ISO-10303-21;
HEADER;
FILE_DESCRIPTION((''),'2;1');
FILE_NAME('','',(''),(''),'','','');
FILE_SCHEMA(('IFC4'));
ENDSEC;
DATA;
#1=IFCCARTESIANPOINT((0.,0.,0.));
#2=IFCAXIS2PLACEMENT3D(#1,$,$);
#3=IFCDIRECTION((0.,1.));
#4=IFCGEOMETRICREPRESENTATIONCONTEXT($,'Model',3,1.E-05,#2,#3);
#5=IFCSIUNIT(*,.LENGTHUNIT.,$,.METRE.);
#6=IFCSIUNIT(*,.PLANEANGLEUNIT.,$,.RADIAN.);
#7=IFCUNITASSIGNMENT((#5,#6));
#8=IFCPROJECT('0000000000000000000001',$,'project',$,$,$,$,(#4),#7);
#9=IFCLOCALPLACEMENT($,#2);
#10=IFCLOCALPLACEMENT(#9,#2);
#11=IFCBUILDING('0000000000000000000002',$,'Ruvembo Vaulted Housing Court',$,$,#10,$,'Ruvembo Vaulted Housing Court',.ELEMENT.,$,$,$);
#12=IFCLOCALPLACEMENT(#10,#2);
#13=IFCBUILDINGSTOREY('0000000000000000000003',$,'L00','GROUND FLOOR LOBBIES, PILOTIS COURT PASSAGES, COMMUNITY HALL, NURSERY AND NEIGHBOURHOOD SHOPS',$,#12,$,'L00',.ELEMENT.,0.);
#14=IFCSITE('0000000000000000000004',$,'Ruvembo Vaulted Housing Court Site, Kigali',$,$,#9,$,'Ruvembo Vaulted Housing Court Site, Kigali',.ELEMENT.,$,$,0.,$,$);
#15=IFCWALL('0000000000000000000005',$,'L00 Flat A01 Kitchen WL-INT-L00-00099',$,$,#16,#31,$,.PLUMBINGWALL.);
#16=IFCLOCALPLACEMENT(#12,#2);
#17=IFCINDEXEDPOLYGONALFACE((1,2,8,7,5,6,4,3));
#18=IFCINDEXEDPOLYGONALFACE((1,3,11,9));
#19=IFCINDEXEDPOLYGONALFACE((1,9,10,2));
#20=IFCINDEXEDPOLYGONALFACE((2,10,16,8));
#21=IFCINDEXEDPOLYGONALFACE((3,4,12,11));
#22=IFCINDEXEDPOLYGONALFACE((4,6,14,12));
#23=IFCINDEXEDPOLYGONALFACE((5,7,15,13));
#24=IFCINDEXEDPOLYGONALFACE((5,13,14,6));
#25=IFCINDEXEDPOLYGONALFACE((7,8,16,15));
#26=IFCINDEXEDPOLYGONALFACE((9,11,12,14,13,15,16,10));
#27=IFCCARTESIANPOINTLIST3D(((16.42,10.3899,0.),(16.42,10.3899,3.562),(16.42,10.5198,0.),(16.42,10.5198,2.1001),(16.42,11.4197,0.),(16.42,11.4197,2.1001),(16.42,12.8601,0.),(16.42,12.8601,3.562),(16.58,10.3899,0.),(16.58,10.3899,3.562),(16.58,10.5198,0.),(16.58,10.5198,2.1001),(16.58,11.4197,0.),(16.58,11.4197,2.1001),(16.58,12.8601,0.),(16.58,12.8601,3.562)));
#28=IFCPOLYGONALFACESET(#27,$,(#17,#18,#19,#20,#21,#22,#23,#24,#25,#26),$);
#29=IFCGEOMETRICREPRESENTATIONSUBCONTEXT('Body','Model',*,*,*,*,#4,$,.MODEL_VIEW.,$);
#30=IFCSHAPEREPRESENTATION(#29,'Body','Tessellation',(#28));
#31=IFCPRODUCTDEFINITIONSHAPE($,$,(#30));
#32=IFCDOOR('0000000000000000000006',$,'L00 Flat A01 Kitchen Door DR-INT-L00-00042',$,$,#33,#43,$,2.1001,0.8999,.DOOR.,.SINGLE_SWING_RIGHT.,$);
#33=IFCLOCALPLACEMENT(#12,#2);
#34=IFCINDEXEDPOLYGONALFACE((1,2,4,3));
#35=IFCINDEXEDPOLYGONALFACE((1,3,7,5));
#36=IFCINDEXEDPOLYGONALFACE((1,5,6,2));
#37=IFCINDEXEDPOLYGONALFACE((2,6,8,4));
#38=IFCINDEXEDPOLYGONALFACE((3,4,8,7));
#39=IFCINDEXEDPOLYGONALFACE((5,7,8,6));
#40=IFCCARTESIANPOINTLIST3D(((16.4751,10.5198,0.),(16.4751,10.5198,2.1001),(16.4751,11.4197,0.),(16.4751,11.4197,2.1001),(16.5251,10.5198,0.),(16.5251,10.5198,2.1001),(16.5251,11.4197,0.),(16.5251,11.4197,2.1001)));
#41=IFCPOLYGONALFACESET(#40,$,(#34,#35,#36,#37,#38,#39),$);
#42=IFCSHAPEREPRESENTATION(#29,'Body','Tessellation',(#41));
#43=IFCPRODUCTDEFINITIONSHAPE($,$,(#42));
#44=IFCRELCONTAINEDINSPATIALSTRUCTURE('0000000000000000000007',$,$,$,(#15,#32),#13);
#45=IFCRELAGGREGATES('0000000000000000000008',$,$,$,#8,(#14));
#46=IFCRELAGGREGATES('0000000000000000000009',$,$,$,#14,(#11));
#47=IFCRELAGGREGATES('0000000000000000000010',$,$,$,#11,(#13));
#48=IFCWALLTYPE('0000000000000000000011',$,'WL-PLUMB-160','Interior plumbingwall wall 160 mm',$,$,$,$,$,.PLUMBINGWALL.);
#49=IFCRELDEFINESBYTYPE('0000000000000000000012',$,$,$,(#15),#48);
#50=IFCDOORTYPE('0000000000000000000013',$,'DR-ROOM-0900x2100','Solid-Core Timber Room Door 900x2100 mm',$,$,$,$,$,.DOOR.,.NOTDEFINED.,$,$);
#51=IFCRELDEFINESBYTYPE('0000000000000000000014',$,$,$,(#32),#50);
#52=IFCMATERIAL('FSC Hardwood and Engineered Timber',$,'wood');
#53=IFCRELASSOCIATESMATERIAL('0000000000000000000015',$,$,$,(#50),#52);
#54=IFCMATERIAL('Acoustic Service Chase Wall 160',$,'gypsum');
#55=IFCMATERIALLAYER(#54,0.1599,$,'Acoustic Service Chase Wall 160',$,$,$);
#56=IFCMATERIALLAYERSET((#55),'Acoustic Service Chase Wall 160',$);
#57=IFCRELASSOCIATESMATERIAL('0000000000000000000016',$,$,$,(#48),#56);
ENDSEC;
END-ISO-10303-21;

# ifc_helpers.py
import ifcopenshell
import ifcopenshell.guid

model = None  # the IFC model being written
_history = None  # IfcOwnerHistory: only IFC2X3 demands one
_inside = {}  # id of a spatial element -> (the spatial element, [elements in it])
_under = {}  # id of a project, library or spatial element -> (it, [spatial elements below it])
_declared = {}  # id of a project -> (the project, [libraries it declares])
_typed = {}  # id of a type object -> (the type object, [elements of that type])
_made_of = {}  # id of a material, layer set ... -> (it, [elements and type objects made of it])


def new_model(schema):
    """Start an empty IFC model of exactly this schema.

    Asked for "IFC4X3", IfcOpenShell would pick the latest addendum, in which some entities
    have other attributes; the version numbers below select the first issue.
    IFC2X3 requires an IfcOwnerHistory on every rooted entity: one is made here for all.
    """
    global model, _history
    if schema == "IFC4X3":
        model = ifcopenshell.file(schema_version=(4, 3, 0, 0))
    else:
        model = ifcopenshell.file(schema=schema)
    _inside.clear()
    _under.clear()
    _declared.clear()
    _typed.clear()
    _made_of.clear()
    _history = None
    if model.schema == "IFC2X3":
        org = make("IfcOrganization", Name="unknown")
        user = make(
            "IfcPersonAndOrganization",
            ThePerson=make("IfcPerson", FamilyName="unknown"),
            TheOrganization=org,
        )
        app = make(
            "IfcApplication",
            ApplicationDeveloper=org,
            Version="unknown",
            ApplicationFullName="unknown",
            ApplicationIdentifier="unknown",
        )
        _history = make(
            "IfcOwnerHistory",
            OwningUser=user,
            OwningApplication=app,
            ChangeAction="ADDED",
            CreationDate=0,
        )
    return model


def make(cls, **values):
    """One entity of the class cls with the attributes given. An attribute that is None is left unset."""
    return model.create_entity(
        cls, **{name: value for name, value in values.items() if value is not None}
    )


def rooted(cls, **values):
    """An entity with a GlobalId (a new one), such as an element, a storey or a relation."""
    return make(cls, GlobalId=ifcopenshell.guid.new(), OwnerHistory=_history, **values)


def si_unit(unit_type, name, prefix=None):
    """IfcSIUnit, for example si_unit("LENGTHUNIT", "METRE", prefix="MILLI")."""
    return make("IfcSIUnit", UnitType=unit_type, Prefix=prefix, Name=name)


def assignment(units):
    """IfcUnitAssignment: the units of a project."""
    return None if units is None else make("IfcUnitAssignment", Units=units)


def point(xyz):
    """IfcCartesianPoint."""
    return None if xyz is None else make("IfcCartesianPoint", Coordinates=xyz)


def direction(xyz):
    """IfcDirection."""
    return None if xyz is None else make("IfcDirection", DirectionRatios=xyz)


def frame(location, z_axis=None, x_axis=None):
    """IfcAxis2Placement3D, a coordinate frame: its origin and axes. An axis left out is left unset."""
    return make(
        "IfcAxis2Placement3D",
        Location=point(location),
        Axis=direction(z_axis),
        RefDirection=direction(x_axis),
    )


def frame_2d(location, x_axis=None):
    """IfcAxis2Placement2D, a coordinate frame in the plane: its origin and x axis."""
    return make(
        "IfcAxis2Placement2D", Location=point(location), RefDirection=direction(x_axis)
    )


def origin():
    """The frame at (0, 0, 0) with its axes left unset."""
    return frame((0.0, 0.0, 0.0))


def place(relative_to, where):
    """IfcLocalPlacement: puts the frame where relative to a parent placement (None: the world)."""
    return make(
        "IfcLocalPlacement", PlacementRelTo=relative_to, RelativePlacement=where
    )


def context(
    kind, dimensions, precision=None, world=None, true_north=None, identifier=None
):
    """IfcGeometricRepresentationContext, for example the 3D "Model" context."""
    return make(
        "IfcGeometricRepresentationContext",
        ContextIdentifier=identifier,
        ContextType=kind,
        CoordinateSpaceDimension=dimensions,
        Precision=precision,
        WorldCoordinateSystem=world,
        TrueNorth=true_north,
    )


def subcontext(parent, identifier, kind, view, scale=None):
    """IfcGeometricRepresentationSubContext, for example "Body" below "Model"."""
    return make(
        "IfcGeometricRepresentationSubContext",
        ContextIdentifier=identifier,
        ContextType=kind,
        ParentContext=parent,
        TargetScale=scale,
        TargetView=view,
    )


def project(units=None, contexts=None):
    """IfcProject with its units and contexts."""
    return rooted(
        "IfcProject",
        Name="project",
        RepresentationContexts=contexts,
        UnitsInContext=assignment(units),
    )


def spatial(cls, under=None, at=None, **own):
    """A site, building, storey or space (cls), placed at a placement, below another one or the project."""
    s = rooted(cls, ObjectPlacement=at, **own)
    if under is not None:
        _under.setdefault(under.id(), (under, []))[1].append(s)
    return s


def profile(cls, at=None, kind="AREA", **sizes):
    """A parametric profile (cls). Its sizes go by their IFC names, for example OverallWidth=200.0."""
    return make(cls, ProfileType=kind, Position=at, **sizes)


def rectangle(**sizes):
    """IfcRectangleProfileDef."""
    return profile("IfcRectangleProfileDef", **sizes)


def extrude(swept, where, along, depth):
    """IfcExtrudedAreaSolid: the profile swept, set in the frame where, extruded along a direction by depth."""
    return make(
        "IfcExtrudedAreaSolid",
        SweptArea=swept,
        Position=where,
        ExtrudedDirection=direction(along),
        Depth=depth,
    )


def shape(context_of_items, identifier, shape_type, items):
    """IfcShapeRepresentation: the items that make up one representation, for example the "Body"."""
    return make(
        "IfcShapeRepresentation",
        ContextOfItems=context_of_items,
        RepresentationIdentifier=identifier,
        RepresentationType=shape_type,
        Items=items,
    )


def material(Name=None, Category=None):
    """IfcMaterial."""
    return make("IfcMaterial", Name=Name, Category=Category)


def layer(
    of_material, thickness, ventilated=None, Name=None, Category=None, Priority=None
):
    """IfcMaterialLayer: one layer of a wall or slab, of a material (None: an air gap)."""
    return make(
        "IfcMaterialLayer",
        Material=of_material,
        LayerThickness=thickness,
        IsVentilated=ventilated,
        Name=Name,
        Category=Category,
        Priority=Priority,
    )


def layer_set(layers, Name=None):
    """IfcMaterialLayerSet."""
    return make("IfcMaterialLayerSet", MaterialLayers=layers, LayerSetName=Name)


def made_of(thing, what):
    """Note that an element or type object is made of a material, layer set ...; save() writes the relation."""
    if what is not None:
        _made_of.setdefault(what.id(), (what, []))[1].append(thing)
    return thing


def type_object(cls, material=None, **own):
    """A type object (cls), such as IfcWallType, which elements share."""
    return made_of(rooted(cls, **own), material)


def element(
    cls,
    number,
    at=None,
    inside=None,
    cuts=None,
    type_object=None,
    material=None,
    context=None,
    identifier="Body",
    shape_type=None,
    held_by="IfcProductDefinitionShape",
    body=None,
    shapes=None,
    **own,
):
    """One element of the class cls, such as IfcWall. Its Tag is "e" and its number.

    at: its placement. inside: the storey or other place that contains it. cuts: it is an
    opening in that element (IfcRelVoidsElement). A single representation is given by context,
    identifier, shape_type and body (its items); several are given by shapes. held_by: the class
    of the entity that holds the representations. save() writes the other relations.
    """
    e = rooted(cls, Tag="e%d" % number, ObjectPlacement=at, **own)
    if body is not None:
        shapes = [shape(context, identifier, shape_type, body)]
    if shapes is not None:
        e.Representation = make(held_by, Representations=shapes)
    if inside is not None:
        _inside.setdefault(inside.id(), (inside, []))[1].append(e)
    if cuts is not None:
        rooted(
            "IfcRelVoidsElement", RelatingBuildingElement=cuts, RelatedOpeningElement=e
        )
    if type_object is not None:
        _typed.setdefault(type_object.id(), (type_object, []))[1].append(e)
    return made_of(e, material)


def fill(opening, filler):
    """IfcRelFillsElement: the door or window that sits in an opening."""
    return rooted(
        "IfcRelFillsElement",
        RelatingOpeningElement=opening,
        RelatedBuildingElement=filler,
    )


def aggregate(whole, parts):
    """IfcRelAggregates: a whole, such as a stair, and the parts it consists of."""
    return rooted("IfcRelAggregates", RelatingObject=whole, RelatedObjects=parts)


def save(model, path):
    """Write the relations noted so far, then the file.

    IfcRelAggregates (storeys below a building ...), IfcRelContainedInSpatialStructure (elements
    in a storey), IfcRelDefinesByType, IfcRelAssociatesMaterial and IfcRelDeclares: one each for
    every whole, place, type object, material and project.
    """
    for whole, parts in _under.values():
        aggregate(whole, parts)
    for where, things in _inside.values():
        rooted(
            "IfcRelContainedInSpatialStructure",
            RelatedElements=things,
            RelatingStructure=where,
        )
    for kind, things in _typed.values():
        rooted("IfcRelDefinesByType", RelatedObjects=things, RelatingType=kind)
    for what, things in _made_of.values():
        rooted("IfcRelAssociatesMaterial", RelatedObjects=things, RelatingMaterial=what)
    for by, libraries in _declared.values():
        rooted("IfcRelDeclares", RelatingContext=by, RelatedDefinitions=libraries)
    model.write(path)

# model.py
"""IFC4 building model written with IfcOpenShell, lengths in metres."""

from ifc_helpers import new_model, si_unit, direction, frame, frame_2d, origin, place, context, subcontext, project, spatial, rectangle, extrude, material, layer, layer_set, type_object, element, fill, save


model = new_model("IFC4")

# Units and contexts
model_context = context("Model", 3, precision=1e-05, world=origin(), true_north=direction((0.0, 1.0)))
body_context = subcontext(model_context, "Body", "Model", "MODEL_VIEW")
ifc_project = project(units=[si_unit("LENGTHUNIT", "METRE"), si_unit("PLANEANGLEUNIT", "RADIAN")], contexts=[model_context])

# Site, building, storey
site_placement = place(None, origin())
site = spatial("IfcSite", under=ifc_project, at=site_placement, Name="Ruvembo Vaulted Housing Court Site, Kigali", LongName="Ruvembo Vaulted Housing Court Site, Kigali", CompositionType="ELEMENT", RefElevation=0.0)
building_placement = place(site_placement, origin())
building = spatial("IfcBuilding", under=site, at=building_placement, Name="Ruvembo Vaulted Housing Court", LongName="Ruvembo Vaulted Housing Court", CompositionType="ELEMENT")
storey_placement = place(building_placement, origin())
storey = spatial("IfcBuildingStorey", under=building, at=storey_placement, Name="L00", Description="GROUND FLOOR LOBBIES, PILOTIS COURT PASSAGES, COMMUNITY HALL, NURSERY AND NEIGHBOURHOOD SHOPS", LongName="L00", CompositionType="ELEMENT", Elevation=0.0)

# Shared definitions
ifc_material_1 = material(Name="FSC Hardwood and Engineered Timber", Category="wood")

# Wall, opening, door
door_type_1 = type_object("IfcDoorType", Name="DR-ROOM-0900x2100", Description="Solid-Core Timber Room Door 900x2100 mm", OperationType="NOTDEFINED", PredefinedType="DOOR", material=ifc_material_1)
ifc_material_2 = material(Name="Acoustic Service Chase Wall 160", Category="gypsum")
ifc_layer_1 = layer(ifc_material_2, 0.1599, Name="Acoustic Service Chase Wall 160")
ifc_layer_set_1 = layer_set([ifc_layer_1], Name="Acoustic Service Chase Wall 160")
wall_type_1 = type_object("IfcWallType", Name="WL-PLUMB-160", Description="Interior plumbingwall wall 160 mm", PredefinedType="PLUMBINGWALL", material=ifc_layer_set_1)
wall_1_placement = place(storey_placement, frame((16.5, 10.3899, 0.0), z_axis=(0.0, 0.0, 1.0), x_axis=(0.0, 1.0, 0.0)))
wall_1 = element("IfcWall", 1, at=wall_1_placement, inside=storey, type_object=wall_type_1, Name="L00 Flat A01 Kitchen WL-INT-L00-00099", PredefinedType="PLUMBINGWALL", context=body_context, shape_type="SweptSolid", body=[
    extrude(rectangle(XDim=2.4702, YDim=0.1599, at=frame_2d((1.2351, 0.0))), origin(), (0.0, 0.0, 1.0), 3.562),
])
opening_1_placement = place(wall_1_placement, frame((0.1299, 0.0, 0.0)))
opening_1 = element("IfcOpeningElement", 2, at=opening_1_placement, cuts=wall_1, PredefinedType="OPENING", context=body_context, shape_type="SweptSolid", body=[
    extrude(rectangle(XDim=0.8999, YDim=2.1001, at=frame_2d((0.45, 1.05))), frame((0.0, 0.0898, 0.0), z_axis=(0.0, -1.0, 0.0), x_axis=(1.0, 0.0, 0.0)), (0.0, 0.0, 1.0), 0.1799),
])
door_1_placement = place(opening_1_placement, origin())
door_1 = element("IfcDoor", 3, at=door_1_placement, inside=storey, type_object=door_type_1, Name="L00 Flat A01 Kitchen Door DR-INT-L00-00042", OperationType="SINGLE_SWING_RIGHT", OverallHeight=2.1001, OverallWidth=0.8999, PredefinedType="DOOR", context=body_context, shape_type="SweptSolid", body=[
    extrude(rectangle(XDim=0.8999, YDim=2.1001, at=frame_2d((0.45, 1.05))), frame((0.0, 0.0249, 0.0), z_axis=(0.0, -1.0, 0.0), x_axis=(1.0, 0.0, 0.0)), (0.0, 0.0, 1.0), 0.05),
])
fill(opening_1, door_1)

save(model, "model.ifc")
